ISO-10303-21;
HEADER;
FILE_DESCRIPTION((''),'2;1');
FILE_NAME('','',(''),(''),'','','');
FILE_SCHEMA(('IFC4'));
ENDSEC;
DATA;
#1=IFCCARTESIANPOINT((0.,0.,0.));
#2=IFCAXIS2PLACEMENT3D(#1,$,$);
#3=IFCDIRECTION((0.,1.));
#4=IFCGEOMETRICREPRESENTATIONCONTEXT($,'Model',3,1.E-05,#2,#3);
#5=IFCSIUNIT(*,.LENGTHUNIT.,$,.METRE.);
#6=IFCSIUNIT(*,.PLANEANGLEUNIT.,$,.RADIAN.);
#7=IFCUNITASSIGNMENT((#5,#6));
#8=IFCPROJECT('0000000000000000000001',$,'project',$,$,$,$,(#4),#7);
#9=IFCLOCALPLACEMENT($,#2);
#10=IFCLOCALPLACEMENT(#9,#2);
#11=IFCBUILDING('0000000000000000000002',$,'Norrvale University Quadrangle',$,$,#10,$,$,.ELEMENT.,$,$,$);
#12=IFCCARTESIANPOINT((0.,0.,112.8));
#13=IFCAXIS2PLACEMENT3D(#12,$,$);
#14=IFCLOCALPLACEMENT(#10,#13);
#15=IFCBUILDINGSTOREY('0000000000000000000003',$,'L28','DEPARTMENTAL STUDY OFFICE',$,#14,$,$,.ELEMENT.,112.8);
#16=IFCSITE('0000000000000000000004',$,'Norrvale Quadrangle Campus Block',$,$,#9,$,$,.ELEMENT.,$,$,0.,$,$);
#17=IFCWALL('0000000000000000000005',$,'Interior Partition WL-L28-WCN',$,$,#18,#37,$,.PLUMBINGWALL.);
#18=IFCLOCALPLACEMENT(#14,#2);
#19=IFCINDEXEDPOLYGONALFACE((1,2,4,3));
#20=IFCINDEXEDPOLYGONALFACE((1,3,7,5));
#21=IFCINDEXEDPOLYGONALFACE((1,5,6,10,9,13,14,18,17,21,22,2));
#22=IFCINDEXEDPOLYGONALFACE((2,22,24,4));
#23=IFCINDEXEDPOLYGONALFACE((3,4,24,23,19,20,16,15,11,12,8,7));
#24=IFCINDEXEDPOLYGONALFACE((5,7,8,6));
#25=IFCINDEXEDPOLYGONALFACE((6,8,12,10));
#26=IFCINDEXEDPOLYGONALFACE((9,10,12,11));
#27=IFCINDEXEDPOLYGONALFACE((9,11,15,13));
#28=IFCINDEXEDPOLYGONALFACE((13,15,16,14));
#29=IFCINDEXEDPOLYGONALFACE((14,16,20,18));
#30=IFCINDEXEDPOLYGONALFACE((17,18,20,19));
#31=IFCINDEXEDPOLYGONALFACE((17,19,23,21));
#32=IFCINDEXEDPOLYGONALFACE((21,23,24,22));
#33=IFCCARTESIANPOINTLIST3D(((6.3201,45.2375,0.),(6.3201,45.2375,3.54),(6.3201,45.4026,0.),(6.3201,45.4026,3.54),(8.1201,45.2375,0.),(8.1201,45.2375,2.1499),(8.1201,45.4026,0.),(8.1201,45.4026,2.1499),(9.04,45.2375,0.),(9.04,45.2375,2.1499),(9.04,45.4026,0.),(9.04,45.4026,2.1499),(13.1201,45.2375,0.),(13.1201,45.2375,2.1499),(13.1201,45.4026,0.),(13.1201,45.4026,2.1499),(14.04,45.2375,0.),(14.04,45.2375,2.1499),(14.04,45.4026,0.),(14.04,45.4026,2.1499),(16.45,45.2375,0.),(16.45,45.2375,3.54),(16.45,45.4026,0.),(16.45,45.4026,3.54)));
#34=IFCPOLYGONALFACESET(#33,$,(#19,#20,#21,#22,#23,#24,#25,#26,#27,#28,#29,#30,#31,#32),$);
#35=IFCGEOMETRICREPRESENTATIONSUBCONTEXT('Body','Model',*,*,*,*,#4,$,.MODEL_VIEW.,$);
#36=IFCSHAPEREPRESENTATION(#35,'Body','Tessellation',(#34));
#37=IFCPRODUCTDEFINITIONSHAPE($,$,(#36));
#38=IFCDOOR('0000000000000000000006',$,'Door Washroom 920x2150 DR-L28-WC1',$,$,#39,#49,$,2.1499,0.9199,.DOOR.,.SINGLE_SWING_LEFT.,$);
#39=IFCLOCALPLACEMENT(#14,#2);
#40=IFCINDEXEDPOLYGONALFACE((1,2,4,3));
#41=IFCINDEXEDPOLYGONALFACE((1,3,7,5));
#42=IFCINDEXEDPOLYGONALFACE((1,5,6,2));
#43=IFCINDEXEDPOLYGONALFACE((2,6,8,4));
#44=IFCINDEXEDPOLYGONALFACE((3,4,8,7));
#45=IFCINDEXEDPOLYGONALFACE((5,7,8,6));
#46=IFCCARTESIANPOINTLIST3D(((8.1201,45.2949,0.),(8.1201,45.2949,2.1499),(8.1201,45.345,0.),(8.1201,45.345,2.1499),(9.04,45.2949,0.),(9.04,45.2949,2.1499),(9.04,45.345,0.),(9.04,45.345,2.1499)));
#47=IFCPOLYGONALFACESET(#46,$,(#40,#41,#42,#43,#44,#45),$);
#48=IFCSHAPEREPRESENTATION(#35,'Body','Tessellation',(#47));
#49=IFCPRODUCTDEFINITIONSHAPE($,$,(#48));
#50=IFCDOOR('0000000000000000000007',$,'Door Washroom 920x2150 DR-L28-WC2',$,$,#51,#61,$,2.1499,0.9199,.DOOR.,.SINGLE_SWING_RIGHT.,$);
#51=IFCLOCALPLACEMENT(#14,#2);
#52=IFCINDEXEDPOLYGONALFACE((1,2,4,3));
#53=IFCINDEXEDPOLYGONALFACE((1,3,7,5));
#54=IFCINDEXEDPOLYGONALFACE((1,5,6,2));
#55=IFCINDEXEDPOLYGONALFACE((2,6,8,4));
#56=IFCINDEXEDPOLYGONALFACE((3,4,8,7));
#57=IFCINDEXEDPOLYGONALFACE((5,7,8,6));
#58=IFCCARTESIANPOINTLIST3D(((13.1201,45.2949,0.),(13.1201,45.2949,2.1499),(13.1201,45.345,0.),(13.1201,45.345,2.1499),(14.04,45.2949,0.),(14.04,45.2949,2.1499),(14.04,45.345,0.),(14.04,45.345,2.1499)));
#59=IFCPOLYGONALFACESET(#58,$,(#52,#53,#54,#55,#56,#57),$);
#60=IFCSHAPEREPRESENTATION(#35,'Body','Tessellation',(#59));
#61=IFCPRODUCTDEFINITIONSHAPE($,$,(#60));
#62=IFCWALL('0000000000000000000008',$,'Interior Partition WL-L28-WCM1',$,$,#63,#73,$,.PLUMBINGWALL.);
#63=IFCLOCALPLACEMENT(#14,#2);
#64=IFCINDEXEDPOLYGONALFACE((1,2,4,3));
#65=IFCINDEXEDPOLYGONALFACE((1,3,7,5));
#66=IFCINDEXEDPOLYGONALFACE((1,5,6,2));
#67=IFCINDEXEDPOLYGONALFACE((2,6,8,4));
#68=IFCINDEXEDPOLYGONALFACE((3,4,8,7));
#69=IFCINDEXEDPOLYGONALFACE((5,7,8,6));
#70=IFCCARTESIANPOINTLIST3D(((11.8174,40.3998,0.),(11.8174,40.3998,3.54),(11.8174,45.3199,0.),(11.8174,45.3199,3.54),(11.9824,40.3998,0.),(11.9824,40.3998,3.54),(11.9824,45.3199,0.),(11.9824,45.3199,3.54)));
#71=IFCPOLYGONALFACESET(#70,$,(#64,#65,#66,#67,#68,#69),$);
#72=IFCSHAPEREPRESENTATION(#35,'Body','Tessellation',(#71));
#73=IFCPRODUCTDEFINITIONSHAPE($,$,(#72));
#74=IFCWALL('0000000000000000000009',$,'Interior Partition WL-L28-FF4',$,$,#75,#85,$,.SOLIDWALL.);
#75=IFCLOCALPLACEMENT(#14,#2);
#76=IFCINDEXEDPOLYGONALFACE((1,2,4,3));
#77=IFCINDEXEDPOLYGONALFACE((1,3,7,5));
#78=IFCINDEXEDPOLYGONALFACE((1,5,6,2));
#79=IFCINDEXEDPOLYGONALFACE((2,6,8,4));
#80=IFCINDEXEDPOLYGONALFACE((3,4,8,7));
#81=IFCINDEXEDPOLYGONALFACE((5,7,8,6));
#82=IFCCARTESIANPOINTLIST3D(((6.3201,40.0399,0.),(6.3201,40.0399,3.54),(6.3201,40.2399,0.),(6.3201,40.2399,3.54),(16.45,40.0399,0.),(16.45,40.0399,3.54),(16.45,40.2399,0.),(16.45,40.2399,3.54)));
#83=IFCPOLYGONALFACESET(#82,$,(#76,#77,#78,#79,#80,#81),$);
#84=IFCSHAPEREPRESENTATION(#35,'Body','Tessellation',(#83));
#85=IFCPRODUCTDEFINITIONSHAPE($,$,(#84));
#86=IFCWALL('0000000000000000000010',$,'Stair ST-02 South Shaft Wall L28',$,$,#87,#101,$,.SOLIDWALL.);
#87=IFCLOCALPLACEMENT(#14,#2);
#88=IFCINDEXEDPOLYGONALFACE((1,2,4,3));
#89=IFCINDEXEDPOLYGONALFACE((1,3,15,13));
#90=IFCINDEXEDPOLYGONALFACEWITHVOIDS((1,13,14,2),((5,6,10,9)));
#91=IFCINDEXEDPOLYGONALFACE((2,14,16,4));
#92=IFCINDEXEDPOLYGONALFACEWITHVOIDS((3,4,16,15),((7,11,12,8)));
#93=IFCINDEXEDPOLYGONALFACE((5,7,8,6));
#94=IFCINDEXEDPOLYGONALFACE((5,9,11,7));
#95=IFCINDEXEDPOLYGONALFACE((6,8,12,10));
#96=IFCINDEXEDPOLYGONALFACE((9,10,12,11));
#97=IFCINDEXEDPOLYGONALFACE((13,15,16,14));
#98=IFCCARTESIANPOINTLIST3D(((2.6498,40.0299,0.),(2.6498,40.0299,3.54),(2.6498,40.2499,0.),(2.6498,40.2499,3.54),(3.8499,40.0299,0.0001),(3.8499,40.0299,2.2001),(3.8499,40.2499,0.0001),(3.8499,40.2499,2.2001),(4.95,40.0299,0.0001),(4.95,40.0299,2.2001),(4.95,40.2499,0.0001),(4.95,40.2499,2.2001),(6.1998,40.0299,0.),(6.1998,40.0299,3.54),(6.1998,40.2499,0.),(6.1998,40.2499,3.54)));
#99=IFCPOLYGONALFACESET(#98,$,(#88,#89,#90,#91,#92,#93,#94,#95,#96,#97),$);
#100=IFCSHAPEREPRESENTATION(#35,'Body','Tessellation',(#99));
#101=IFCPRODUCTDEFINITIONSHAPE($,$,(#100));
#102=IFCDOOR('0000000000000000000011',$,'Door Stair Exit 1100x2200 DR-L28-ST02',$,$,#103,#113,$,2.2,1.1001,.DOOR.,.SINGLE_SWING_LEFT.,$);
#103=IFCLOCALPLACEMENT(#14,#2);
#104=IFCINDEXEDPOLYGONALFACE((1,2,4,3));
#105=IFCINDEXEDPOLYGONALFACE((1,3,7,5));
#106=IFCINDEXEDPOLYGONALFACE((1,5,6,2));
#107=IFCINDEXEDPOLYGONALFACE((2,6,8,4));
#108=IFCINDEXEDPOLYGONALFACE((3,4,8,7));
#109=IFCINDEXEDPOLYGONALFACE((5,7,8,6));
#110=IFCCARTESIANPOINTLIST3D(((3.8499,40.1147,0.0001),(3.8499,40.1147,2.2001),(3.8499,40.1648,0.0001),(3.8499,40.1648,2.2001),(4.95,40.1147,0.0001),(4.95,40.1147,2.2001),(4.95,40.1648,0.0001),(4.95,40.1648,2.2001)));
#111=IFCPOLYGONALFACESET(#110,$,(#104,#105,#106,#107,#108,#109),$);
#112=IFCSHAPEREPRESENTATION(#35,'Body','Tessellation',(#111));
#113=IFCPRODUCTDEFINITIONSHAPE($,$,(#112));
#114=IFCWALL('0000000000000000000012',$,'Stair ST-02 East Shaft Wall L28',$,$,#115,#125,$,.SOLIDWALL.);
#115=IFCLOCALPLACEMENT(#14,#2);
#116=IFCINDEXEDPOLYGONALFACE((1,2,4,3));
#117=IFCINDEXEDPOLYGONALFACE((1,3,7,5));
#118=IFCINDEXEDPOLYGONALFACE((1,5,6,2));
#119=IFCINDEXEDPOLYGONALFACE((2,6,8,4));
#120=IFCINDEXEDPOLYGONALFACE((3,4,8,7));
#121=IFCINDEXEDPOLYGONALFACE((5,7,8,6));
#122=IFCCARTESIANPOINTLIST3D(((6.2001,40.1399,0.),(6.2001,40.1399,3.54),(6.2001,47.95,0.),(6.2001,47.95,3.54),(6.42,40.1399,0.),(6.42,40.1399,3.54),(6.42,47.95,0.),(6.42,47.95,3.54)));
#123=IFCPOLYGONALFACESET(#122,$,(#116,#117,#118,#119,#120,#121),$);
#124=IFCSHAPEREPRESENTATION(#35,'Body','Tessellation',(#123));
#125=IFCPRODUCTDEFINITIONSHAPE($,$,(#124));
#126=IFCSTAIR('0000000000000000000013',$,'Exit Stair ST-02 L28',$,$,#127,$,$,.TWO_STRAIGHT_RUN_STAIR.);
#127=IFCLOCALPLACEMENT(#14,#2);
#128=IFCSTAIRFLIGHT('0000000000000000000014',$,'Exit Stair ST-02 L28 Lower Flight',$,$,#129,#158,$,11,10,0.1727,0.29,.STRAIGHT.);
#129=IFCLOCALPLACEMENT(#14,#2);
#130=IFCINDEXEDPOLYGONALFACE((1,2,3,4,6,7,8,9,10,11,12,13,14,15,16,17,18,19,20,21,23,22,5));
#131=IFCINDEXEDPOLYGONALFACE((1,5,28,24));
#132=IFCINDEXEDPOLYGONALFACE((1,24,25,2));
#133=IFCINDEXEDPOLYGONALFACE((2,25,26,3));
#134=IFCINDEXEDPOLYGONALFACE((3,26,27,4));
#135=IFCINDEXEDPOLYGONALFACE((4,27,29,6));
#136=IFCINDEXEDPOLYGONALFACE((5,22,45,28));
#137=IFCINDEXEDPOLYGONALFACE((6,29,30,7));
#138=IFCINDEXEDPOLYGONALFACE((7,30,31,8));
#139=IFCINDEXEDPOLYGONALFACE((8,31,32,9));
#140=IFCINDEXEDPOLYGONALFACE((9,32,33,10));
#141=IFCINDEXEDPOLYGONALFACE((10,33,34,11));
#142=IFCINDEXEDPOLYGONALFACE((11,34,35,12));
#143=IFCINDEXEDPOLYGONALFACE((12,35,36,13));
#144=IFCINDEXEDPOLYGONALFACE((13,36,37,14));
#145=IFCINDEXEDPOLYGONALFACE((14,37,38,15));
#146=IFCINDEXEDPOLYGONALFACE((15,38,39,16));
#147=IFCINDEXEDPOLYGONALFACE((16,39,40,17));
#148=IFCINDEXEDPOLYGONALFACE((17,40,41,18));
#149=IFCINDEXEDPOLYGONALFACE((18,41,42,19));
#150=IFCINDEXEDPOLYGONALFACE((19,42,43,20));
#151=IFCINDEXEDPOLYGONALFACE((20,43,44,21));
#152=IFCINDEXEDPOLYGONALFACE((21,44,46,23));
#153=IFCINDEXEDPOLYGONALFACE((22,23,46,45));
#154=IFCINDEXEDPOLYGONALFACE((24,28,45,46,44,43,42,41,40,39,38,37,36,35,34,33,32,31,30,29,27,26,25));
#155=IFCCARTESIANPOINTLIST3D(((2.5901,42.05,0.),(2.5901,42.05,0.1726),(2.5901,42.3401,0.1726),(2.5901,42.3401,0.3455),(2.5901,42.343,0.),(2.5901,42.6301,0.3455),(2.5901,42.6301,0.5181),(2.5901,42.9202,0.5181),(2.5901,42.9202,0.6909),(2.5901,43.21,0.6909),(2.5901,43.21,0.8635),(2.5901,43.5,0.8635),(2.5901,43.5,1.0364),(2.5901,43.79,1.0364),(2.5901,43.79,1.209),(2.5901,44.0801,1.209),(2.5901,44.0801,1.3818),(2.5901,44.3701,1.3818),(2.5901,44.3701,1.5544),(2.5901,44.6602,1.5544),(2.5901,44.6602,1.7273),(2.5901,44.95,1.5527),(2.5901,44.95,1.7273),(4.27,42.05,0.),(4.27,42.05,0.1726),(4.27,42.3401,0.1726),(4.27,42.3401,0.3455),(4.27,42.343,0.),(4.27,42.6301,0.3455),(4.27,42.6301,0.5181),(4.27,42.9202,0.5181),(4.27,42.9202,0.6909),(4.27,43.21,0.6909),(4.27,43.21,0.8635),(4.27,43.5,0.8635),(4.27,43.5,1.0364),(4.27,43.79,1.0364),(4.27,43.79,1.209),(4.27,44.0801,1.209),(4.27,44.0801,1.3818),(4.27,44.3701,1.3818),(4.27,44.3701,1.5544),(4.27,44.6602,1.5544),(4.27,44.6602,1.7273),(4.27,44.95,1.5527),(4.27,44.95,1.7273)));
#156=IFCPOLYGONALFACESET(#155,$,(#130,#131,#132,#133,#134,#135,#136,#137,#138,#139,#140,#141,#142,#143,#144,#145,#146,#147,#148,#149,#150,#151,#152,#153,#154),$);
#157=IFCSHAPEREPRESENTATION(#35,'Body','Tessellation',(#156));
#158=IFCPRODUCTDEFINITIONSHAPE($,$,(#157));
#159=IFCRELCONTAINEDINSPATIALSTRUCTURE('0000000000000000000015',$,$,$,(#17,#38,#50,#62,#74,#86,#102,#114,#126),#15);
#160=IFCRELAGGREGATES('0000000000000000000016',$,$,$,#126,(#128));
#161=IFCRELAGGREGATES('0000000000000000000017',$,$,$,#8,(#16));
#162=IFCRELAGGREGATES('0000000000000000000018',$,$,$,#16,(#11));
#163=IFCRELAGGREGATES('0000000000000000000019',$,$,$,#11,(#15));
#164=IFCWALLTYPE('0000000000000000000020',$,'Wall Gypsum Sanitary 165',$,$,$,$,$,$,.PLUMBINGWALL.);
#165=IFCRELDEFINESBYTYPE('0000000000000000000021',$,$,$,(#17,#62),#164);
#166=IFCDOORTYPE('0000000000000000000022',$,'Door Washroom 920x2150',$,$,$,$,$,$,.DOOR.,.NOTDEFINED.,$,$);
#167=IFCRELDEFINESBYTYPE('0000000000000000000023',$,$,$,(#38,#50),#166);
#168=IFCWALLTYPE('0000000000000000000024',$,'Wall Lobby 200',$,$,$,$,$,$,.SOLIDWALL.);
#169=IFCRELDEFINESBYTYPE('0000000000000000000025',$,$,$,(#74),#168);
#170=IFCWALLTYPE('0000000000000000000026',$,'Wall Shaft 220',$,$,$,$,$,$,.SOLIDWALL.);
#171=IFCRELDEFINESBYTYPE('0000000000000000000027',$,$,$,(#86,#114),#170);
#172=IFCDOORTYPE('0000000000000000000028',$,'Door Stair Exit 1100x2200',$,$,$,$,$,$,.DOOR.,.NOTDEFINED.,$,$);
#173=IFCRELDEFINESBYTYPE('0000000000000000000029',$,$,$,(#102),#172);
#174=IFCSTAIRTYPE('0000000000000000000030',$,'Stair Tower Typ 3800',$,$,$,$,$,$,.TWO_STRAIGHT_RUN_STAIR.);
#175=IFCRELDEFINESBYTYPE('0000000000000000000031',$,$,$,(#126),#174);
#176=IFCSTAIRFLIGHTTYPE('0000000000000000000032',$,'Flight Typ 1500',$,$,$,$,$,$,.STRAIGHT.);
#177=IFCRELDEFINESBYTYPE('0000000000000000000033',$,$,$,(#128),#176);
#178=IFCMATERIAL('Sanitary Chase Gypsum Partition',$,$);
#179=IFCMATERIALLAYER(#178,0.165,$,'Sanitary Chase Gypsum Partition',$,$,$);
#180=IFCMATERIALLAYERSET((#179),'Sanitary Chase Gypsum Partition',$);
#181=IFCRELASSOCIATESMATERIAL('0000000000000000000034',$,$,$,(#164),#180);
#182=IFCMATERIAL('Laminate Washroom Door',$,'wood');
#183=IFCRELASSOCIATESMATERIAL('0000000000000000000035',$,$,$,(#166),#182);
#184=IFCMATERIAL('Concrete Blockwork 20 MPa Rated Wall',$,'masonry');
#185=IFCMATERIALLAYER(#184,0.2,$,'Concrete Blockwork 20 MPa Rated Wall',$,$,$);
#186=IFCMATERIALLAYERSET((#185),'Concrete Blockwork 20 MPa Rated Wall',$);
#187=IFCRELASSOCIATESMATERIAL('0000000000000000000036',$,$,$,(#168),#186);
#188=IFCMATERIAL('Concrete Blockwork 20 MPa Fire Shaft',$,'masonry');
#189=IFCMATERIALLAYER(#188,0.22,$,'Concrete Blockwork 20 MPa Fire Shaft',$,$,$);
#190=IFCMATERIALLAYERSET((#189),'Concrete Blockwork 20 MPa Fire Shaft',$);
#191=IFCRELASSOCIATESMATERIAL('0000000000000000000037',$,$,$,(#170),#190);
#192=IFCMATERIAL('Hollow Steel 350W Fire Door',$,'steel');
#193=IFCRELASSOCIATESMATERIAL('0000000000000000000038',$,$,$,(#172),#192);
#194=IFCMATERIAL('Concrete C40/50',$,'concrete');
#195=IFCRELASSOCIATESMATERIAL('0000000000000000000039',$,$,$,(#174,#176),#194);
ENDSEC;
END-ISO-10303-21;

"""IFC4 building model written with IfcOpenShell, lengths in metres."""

from ifc_helpers import new_model, si_unit, direction, frame, frame_2d, origin, place, context, subcontext, project, spatial, polyline, rectangle, outline, extrude, material, layer, layer_set, type_object, element, fill, aggregate, save


model = new_model("IFC4")

# Units and contexts
model_context = context("Model", 3, precision=1e-05, world=origin(), true_north=direction((0.0, 1.0)))
body_context = subcontext(model_context, "Body", "Model", "MODEL_VIEW")
ifc_project = project(units=[si_unit("LENGTHUNIT", "METRE"), si_unit("PLANEANGLEUNIT", "RADIAN")], contexts=[model_context])

# Site, building, storey
site_placement = place(None, origin())
site = spatial("IfcSite", under=ifc_project, at=site_placement, Name="Norrvale Quadrangle Campus Block", CompositionType="ELEMENT", RefElevation=0.0)
building_placement = place(site_placement, origin())
building = spatial("IfcBuilding", under=site, at=building_placement, Name="Norrvale University Quadrangle", CompositionType="ELEMENT")
storey_placement = place(building_placement, frame((0.0, 0.0, 112.8)))
storey = spatial("IfcBuildingStorey", under=building, at=storey_placement, Name="L28", Description="DEPARTMENTAL STUDY OFFICE", CompositionType="ELEMENT", Elevation=112.8)

# Wall, openings, doors
ifc_material_1 = material(Name="Sanitary Chase Gypsum Partition")
ifc_layer_1 = layer(ifc_material_1, 0.165, Name="Sanitary Chase Gypsum Partition")
ifc_layer_set_1 = layer_set([ifc_layer_1], Name="Sanitary Chase Gypsum Partition")
wall_type_1 = type_object("IfcWallType", Name="Wall Gypsum Sanitary 165", PredefinedType="PLUMBINGWALL", material=ifc_layer_set_1)
wall_1_placement = place(storey_placement, frame((6.3201, 45.3201, 0.0), z_axis=(0.0, 0.0, 1.0), x_axis=(1.0, 0.0, 0.0)))
wall_1 = element("IfcWall", 1, at=wall_1_placement, inside=storey, type_object=wall_type_1, Name="Interior Partition WL-L28-WCN", PredefinedType="PLUMBINGWALL", context=body_context, shape_type="SweptSolid", body=[
    extrude(rectangle(XDim=10.1299, YDim=0.165, at=frame_2d((5.0649, 0.0))), origin(), (0.0, 0.0, 1.0), 3.54),
])
opening_1_placement = place(wall_1_placement, frame((1.8, 0.0, 0.0)))
opening_1 = element("IfcOpeningElement", 2, at=opening_1_placement, cuts=wall_1, PredefinedType="OPENING", context=body_context, shape_type="SweptSolid", body=[
    extrude(rectangle(XDim=0.9199, YDim=2.1499, at=frame_2d((0.46, 1.075))), frame((0.0, 0.0945, 0.0), z_axis=(0.0, -1.0, 0.0), x_axis=(1.0, 0.0, 0.0)), (0.0, 0.0, 1.0), 0.189),
])
opening_2_placement = place(wall_1_placement, frame((6.8, 0.0, 0.0)))
opening_2 = element("IfcOpeningElement", 3, at=opening_2_placement, cuts=wall_1, PredefinedType="OPENING", context=body_context, shape_type="SweptSolid", body=[
    extrude(rectangle(XDim=0.9199, YDim=2.1499, at=frame_2d((0.46, 1.075))), frame((0.0, 0.0945, 0.0), z_axis=(0.0, -1.0, 0.0), x_axis=(1.0, 0.0, 0.0)), (0.0, 0.0, 1.0), 0.189),
])
ifc_material_2 = material(Name="Laminate Washroom Door", Category="wood")
door_type_1 = type_object("IfcDoorType", Name="Door Washroom 920x2150", OperationType="NOTDEFINED", PredefinedType="DOOR", material=ifc_material_2)
door_1_placement = place(opening_1_placement, origin())
door_1 = element("IfcDoor", 4, at=door_1_placement, inside=storey, type_object=door_type_1, Name="Door Washroom 920x2150 DR-L28-WC1", OperationType="SINGLE_SWING_LEFT", OverallHeight=2.1499, OverallWidth=0.9199, PredefinedType="DOOR", context=body_context, shape_type="SweptSolid", body=[
    extrude(rectangle(XDim=0.9199, YDim=2.1499, at=frame_2d((0.46, 1.075))), frame((0.0, 0.0249, 0.0), z_axis=(0.0, -1.0, 0.0), x_axis=(1.0, 0.0, 0.0)), (0.0, 0.0, 1.0), 0.05),
])
fill(opening_1, door_1)
door_2_placement = place(opening_2_placement, origin())
door_2 = element("IfcDoor", 5, at=door_2_placement, inside=storey, type_object=door_type_1, Name="Door Washroom 920x2150 DR-L28-WC2", OperationType="SINGLE_SWING_RIGHT", OverallHeight=2.1499, OverallWidth=0.9199, PredefinedType="DOOR", context=body_context, shape_type="SweptSolid", body=[
    extrude(rectangle(XDim=0.9199, YDim=2.1499, at=frame_2d((0.46, 1.075))), frame((0.0, 0.0249, 0.0), z_axis=(0.0, -1.0, 0.0), x_axis=(1.0, 0.0, 0.0)), (0.0, 0.0, 1.0), 0.05),
])
fill(opening_2, door_2)

# Walls
wall_2_placement = place(storey_placement, frame((11.8999, 40.3999, 0.0), z_axis=(0.0, 0.0, 1.0), x_axis=(0.0, 1.0, 0.0)))
element("IfcWall", 6, at=wall_2_placement, inside=storey, type_object=wall_type_1, Name="Interior Partition WL-L28-WCM1", PredefinedType="PLUMBINGWALL", context=body_context, shape_type="SweptSolid", body=[
    extrude(rectangle(XDim=4.9202, YDim=0.165, at=frame_2d((2.46, 0.0))), origin(), (0.0, 0.0, 1.0), 3.54),
])
ifc_material_3 = material(Name="Concrete Blockwork 20 MPa Rated Wall", Category="masonry")
ifc_layer_2 = layer(ifc_material_3, 0.2, Name="Concrete Blockwork 20 MPa Rated Wall")
ifc_layer_set_2 = layer_set([ifc_layer_2], Name="Concrete Blockwork 20 MPa Rated Wall")
wall_type_2 = type_object("IfcWallType", Name="Wall Lobby 200", PredefinedType="SOLIDWALL", material=ifc_layer_set_2)
wall_3_placement = place(storey_placement, frame((6.3201, 40.1399, 0.0), z_axis=(0.0, 0.0, 1.0), x_axis=(1.0, 0.0, 0.0)))
element("IfcWall", 7, at=wall_3_placement, inside=storey, type_object=wall_type_2, Name="Interior Partition WL-L28-FF4", PredefinedType="SOLIDWALL", context=body_context, shape_type="SweptSolid", body=[
    extrude(rectangle(XDim=10.1299, YDim=0.2, at=frame_2d((5.0649, 0.0))), origin(), (0.0, 0.0, 1.0), 3.54),
])

# Wall, opening, door
ifc_material_4 = material(Name="Concrete Blockwork 20 MPa Fire Shaft", Category="masonry")
ifc_layer_3 = layer(ifc_material_4, 0.22, Name="Concrete Blockwork 20 MPa Fire Shaft")
ifc_layer_set_3 = layer_set([ifc_layer_3], Name="Concrete Blockwork 20 MPa Fire Shaft")
wall_type_3 = type_object("IfcWallType", Name="Wall Shaft 220", PredefinedType="SOLIDWALL", material=ifc_layer_set_3)
wall_4_placement = place(storey_placement, frame((2.6499, 40.1399, 0.0), z_axis=(0.0, 0.0, 1.0), x_axis=(1.0, 0.0, 0.0)))
wall_4 = element("IfcWall", 8, at=wall_4_placement, inside=storey, type_object=wall_type_3, Name="Stair ST-02 South Shaft Wall L28", PredefinedType="SOLIDWALL", context=body_context, shape_type="SweptSolid", body=[
    extrude(rectangle(XDim=3.55, YDim=0.22, at=frame_2d((1.7749, 0.0))), origin(), (0.0, 0.0, 1.0), 3.54),
])
opening_3_placement = place(wall_4_placement, frame((1.2, 0.0, 0.0)))
opening_3 = element("IfcOpeningElement", 9, at=opening_3_placement, cuts=wall_4, PredefinedType="OPENING", context=body_context, shape_type="SweptSolid", body=[
    extrude(rectangle(XDim=1.1001, YDim=2.2, at=frame_2d((0.55, 1.1001))), frame((0.0, 0.1221, 0.0), z_axis=(0.0, -1.0, 0.0), x_axis=(1.0, 0.0, 0.0)), (0.0, 0.0, 1.0), 0.2439),
])
ifc_material_5 = material(Name="Hollow Steel 350W Fire Door", Category="steel")
door_type_2 = type_object("IfcDoorType", Name="Door Stair Exit 1100x2200", OperationType="NOTDEFINED", PredefinedType="DOOR", material=ifc_material_5)
door_3_placement = place(opening_3_placement, origin())
door_3 = element("IfcDoor", 10, at=door_3_placement, inside=storey, type_object=door_type_2, Name="Door Stair Exit 1100x2200 DR-L28-ST02", OperationType="SINGLE_SWING_LEFT", OverallHeight=2.2, OverallWidth=1.1001, PredefinedType="DOOR", context=body_context, shape_type="SweptSolid", body=[
    extrude(rectangle(XDim=1.1001, YDim=2.2, at=frame_2d((0.55, 1.1001))), frame((0.0, 0.0249, 0.0), z_axis=(0.0, -1.0, 0.0), x_axis=(1.0, 0.0, 0.0)), (0.0, 0.0, 1.0), 0.05),
])
fill(opening_3, door_3)

# Wall
wall_5_placement = place(storey_placement, frame((6.3101, 40.1399, 0.0), z_axis=(0.0, 0.0, 1.0), x_axis=(0.0, 1.0, 0.0)))
element("IfcWall", 11, at=wall_5_placement, inside=storey, type_object=wall_type_3, Name="Stair ST-02 East Shaft Wall L28", PredefinedType="SOLIDWALL", context=body_context, shape_type="SweptSolid", body=[
    extrude(rectangle(XDim=7.8101, YDim=0.22, at=frame_2d((3.905, 0.0))), origin(), (0.0, 0.0, 1.0), 3.54),
])

# Stair, stair flight
ifc_material_6 = material(Name="Concrete C40/50", Category="concrete")
stair_type = type_object("IfcStairType", Name="Stair Tower Typ 3800", PredefinedType="TWO_STRAIGHT_RUN_STAIR", material=ifc_material_6)
stair_placement = place(storey_placement, origin())
stair = element("IfcStair", 12, at=stair_placement, inside=storey, type_object=stair_type, Name="Exit Stair ST-02 L28", PredefinedType="TWO_STRAIGHT_RUN_STAIR")
stair_flight_type = type_object("IfcStairFlightType", Name="Flight Typ 1500", PredefinedType="STRAIGHT", material=ifc_material_6)
stair_flight_1_placement = place(storey_placement, frame((3.4299, 42.05, 0.0), z_axis=(0.0, 0.0, 1.0), x_axis=(0.0, 1.0, 0.0)))
stair_flight_1 = element("IfcStairFlight", 13, at=stair_flight_1_placement, type_object=stair_flight_type, Name="Exit Stair ST-02 L28 Lower Flight", NumberOfRisers=11, NumberOfTreads=10, PredefinedType="STRAIGHT", RiserHeight=0.1727, TreadLength=0.29, context=body_context, shape_type="SweptSolid", body=[
    extrude(outline(polyline([(0.0, 0.0), (0.0, 0.1726), (0.29, 0.1726), (0.29, 0.3455), (0.5801, 0.3455), (0.5801, 0.5181), (0.8701, 0.5181), (0.8701, 0.6909), (1.1599, 0.6909), (1.1599, 0.8635), (1.45, 0.8635), (1.45, 1.0364), (1.74, 1.0364), (1.74, 1.209), (2.03, 1.209), (2.03, 1.3818), (2.3201, 1.3818), (2.3201, 1.5544), (2.6101, 1.5544), (2.6101, 1.7273), (2.8999, 1.7273), (2.8999, 1.8999), (2.8999, 1.5527), (0.293, 0.0), (0.0, 0.0)])), frame((0.0, 0.8398, 0.0), z_axis=(0.0, -1.0, 0.0), x_axis=(1.0, 0.0, 0.0)), (0.0, 0.0, 1.0), 1.6799),
])
aggregate(stair, [stair_flight_1])

save(model, "model.ifc")
